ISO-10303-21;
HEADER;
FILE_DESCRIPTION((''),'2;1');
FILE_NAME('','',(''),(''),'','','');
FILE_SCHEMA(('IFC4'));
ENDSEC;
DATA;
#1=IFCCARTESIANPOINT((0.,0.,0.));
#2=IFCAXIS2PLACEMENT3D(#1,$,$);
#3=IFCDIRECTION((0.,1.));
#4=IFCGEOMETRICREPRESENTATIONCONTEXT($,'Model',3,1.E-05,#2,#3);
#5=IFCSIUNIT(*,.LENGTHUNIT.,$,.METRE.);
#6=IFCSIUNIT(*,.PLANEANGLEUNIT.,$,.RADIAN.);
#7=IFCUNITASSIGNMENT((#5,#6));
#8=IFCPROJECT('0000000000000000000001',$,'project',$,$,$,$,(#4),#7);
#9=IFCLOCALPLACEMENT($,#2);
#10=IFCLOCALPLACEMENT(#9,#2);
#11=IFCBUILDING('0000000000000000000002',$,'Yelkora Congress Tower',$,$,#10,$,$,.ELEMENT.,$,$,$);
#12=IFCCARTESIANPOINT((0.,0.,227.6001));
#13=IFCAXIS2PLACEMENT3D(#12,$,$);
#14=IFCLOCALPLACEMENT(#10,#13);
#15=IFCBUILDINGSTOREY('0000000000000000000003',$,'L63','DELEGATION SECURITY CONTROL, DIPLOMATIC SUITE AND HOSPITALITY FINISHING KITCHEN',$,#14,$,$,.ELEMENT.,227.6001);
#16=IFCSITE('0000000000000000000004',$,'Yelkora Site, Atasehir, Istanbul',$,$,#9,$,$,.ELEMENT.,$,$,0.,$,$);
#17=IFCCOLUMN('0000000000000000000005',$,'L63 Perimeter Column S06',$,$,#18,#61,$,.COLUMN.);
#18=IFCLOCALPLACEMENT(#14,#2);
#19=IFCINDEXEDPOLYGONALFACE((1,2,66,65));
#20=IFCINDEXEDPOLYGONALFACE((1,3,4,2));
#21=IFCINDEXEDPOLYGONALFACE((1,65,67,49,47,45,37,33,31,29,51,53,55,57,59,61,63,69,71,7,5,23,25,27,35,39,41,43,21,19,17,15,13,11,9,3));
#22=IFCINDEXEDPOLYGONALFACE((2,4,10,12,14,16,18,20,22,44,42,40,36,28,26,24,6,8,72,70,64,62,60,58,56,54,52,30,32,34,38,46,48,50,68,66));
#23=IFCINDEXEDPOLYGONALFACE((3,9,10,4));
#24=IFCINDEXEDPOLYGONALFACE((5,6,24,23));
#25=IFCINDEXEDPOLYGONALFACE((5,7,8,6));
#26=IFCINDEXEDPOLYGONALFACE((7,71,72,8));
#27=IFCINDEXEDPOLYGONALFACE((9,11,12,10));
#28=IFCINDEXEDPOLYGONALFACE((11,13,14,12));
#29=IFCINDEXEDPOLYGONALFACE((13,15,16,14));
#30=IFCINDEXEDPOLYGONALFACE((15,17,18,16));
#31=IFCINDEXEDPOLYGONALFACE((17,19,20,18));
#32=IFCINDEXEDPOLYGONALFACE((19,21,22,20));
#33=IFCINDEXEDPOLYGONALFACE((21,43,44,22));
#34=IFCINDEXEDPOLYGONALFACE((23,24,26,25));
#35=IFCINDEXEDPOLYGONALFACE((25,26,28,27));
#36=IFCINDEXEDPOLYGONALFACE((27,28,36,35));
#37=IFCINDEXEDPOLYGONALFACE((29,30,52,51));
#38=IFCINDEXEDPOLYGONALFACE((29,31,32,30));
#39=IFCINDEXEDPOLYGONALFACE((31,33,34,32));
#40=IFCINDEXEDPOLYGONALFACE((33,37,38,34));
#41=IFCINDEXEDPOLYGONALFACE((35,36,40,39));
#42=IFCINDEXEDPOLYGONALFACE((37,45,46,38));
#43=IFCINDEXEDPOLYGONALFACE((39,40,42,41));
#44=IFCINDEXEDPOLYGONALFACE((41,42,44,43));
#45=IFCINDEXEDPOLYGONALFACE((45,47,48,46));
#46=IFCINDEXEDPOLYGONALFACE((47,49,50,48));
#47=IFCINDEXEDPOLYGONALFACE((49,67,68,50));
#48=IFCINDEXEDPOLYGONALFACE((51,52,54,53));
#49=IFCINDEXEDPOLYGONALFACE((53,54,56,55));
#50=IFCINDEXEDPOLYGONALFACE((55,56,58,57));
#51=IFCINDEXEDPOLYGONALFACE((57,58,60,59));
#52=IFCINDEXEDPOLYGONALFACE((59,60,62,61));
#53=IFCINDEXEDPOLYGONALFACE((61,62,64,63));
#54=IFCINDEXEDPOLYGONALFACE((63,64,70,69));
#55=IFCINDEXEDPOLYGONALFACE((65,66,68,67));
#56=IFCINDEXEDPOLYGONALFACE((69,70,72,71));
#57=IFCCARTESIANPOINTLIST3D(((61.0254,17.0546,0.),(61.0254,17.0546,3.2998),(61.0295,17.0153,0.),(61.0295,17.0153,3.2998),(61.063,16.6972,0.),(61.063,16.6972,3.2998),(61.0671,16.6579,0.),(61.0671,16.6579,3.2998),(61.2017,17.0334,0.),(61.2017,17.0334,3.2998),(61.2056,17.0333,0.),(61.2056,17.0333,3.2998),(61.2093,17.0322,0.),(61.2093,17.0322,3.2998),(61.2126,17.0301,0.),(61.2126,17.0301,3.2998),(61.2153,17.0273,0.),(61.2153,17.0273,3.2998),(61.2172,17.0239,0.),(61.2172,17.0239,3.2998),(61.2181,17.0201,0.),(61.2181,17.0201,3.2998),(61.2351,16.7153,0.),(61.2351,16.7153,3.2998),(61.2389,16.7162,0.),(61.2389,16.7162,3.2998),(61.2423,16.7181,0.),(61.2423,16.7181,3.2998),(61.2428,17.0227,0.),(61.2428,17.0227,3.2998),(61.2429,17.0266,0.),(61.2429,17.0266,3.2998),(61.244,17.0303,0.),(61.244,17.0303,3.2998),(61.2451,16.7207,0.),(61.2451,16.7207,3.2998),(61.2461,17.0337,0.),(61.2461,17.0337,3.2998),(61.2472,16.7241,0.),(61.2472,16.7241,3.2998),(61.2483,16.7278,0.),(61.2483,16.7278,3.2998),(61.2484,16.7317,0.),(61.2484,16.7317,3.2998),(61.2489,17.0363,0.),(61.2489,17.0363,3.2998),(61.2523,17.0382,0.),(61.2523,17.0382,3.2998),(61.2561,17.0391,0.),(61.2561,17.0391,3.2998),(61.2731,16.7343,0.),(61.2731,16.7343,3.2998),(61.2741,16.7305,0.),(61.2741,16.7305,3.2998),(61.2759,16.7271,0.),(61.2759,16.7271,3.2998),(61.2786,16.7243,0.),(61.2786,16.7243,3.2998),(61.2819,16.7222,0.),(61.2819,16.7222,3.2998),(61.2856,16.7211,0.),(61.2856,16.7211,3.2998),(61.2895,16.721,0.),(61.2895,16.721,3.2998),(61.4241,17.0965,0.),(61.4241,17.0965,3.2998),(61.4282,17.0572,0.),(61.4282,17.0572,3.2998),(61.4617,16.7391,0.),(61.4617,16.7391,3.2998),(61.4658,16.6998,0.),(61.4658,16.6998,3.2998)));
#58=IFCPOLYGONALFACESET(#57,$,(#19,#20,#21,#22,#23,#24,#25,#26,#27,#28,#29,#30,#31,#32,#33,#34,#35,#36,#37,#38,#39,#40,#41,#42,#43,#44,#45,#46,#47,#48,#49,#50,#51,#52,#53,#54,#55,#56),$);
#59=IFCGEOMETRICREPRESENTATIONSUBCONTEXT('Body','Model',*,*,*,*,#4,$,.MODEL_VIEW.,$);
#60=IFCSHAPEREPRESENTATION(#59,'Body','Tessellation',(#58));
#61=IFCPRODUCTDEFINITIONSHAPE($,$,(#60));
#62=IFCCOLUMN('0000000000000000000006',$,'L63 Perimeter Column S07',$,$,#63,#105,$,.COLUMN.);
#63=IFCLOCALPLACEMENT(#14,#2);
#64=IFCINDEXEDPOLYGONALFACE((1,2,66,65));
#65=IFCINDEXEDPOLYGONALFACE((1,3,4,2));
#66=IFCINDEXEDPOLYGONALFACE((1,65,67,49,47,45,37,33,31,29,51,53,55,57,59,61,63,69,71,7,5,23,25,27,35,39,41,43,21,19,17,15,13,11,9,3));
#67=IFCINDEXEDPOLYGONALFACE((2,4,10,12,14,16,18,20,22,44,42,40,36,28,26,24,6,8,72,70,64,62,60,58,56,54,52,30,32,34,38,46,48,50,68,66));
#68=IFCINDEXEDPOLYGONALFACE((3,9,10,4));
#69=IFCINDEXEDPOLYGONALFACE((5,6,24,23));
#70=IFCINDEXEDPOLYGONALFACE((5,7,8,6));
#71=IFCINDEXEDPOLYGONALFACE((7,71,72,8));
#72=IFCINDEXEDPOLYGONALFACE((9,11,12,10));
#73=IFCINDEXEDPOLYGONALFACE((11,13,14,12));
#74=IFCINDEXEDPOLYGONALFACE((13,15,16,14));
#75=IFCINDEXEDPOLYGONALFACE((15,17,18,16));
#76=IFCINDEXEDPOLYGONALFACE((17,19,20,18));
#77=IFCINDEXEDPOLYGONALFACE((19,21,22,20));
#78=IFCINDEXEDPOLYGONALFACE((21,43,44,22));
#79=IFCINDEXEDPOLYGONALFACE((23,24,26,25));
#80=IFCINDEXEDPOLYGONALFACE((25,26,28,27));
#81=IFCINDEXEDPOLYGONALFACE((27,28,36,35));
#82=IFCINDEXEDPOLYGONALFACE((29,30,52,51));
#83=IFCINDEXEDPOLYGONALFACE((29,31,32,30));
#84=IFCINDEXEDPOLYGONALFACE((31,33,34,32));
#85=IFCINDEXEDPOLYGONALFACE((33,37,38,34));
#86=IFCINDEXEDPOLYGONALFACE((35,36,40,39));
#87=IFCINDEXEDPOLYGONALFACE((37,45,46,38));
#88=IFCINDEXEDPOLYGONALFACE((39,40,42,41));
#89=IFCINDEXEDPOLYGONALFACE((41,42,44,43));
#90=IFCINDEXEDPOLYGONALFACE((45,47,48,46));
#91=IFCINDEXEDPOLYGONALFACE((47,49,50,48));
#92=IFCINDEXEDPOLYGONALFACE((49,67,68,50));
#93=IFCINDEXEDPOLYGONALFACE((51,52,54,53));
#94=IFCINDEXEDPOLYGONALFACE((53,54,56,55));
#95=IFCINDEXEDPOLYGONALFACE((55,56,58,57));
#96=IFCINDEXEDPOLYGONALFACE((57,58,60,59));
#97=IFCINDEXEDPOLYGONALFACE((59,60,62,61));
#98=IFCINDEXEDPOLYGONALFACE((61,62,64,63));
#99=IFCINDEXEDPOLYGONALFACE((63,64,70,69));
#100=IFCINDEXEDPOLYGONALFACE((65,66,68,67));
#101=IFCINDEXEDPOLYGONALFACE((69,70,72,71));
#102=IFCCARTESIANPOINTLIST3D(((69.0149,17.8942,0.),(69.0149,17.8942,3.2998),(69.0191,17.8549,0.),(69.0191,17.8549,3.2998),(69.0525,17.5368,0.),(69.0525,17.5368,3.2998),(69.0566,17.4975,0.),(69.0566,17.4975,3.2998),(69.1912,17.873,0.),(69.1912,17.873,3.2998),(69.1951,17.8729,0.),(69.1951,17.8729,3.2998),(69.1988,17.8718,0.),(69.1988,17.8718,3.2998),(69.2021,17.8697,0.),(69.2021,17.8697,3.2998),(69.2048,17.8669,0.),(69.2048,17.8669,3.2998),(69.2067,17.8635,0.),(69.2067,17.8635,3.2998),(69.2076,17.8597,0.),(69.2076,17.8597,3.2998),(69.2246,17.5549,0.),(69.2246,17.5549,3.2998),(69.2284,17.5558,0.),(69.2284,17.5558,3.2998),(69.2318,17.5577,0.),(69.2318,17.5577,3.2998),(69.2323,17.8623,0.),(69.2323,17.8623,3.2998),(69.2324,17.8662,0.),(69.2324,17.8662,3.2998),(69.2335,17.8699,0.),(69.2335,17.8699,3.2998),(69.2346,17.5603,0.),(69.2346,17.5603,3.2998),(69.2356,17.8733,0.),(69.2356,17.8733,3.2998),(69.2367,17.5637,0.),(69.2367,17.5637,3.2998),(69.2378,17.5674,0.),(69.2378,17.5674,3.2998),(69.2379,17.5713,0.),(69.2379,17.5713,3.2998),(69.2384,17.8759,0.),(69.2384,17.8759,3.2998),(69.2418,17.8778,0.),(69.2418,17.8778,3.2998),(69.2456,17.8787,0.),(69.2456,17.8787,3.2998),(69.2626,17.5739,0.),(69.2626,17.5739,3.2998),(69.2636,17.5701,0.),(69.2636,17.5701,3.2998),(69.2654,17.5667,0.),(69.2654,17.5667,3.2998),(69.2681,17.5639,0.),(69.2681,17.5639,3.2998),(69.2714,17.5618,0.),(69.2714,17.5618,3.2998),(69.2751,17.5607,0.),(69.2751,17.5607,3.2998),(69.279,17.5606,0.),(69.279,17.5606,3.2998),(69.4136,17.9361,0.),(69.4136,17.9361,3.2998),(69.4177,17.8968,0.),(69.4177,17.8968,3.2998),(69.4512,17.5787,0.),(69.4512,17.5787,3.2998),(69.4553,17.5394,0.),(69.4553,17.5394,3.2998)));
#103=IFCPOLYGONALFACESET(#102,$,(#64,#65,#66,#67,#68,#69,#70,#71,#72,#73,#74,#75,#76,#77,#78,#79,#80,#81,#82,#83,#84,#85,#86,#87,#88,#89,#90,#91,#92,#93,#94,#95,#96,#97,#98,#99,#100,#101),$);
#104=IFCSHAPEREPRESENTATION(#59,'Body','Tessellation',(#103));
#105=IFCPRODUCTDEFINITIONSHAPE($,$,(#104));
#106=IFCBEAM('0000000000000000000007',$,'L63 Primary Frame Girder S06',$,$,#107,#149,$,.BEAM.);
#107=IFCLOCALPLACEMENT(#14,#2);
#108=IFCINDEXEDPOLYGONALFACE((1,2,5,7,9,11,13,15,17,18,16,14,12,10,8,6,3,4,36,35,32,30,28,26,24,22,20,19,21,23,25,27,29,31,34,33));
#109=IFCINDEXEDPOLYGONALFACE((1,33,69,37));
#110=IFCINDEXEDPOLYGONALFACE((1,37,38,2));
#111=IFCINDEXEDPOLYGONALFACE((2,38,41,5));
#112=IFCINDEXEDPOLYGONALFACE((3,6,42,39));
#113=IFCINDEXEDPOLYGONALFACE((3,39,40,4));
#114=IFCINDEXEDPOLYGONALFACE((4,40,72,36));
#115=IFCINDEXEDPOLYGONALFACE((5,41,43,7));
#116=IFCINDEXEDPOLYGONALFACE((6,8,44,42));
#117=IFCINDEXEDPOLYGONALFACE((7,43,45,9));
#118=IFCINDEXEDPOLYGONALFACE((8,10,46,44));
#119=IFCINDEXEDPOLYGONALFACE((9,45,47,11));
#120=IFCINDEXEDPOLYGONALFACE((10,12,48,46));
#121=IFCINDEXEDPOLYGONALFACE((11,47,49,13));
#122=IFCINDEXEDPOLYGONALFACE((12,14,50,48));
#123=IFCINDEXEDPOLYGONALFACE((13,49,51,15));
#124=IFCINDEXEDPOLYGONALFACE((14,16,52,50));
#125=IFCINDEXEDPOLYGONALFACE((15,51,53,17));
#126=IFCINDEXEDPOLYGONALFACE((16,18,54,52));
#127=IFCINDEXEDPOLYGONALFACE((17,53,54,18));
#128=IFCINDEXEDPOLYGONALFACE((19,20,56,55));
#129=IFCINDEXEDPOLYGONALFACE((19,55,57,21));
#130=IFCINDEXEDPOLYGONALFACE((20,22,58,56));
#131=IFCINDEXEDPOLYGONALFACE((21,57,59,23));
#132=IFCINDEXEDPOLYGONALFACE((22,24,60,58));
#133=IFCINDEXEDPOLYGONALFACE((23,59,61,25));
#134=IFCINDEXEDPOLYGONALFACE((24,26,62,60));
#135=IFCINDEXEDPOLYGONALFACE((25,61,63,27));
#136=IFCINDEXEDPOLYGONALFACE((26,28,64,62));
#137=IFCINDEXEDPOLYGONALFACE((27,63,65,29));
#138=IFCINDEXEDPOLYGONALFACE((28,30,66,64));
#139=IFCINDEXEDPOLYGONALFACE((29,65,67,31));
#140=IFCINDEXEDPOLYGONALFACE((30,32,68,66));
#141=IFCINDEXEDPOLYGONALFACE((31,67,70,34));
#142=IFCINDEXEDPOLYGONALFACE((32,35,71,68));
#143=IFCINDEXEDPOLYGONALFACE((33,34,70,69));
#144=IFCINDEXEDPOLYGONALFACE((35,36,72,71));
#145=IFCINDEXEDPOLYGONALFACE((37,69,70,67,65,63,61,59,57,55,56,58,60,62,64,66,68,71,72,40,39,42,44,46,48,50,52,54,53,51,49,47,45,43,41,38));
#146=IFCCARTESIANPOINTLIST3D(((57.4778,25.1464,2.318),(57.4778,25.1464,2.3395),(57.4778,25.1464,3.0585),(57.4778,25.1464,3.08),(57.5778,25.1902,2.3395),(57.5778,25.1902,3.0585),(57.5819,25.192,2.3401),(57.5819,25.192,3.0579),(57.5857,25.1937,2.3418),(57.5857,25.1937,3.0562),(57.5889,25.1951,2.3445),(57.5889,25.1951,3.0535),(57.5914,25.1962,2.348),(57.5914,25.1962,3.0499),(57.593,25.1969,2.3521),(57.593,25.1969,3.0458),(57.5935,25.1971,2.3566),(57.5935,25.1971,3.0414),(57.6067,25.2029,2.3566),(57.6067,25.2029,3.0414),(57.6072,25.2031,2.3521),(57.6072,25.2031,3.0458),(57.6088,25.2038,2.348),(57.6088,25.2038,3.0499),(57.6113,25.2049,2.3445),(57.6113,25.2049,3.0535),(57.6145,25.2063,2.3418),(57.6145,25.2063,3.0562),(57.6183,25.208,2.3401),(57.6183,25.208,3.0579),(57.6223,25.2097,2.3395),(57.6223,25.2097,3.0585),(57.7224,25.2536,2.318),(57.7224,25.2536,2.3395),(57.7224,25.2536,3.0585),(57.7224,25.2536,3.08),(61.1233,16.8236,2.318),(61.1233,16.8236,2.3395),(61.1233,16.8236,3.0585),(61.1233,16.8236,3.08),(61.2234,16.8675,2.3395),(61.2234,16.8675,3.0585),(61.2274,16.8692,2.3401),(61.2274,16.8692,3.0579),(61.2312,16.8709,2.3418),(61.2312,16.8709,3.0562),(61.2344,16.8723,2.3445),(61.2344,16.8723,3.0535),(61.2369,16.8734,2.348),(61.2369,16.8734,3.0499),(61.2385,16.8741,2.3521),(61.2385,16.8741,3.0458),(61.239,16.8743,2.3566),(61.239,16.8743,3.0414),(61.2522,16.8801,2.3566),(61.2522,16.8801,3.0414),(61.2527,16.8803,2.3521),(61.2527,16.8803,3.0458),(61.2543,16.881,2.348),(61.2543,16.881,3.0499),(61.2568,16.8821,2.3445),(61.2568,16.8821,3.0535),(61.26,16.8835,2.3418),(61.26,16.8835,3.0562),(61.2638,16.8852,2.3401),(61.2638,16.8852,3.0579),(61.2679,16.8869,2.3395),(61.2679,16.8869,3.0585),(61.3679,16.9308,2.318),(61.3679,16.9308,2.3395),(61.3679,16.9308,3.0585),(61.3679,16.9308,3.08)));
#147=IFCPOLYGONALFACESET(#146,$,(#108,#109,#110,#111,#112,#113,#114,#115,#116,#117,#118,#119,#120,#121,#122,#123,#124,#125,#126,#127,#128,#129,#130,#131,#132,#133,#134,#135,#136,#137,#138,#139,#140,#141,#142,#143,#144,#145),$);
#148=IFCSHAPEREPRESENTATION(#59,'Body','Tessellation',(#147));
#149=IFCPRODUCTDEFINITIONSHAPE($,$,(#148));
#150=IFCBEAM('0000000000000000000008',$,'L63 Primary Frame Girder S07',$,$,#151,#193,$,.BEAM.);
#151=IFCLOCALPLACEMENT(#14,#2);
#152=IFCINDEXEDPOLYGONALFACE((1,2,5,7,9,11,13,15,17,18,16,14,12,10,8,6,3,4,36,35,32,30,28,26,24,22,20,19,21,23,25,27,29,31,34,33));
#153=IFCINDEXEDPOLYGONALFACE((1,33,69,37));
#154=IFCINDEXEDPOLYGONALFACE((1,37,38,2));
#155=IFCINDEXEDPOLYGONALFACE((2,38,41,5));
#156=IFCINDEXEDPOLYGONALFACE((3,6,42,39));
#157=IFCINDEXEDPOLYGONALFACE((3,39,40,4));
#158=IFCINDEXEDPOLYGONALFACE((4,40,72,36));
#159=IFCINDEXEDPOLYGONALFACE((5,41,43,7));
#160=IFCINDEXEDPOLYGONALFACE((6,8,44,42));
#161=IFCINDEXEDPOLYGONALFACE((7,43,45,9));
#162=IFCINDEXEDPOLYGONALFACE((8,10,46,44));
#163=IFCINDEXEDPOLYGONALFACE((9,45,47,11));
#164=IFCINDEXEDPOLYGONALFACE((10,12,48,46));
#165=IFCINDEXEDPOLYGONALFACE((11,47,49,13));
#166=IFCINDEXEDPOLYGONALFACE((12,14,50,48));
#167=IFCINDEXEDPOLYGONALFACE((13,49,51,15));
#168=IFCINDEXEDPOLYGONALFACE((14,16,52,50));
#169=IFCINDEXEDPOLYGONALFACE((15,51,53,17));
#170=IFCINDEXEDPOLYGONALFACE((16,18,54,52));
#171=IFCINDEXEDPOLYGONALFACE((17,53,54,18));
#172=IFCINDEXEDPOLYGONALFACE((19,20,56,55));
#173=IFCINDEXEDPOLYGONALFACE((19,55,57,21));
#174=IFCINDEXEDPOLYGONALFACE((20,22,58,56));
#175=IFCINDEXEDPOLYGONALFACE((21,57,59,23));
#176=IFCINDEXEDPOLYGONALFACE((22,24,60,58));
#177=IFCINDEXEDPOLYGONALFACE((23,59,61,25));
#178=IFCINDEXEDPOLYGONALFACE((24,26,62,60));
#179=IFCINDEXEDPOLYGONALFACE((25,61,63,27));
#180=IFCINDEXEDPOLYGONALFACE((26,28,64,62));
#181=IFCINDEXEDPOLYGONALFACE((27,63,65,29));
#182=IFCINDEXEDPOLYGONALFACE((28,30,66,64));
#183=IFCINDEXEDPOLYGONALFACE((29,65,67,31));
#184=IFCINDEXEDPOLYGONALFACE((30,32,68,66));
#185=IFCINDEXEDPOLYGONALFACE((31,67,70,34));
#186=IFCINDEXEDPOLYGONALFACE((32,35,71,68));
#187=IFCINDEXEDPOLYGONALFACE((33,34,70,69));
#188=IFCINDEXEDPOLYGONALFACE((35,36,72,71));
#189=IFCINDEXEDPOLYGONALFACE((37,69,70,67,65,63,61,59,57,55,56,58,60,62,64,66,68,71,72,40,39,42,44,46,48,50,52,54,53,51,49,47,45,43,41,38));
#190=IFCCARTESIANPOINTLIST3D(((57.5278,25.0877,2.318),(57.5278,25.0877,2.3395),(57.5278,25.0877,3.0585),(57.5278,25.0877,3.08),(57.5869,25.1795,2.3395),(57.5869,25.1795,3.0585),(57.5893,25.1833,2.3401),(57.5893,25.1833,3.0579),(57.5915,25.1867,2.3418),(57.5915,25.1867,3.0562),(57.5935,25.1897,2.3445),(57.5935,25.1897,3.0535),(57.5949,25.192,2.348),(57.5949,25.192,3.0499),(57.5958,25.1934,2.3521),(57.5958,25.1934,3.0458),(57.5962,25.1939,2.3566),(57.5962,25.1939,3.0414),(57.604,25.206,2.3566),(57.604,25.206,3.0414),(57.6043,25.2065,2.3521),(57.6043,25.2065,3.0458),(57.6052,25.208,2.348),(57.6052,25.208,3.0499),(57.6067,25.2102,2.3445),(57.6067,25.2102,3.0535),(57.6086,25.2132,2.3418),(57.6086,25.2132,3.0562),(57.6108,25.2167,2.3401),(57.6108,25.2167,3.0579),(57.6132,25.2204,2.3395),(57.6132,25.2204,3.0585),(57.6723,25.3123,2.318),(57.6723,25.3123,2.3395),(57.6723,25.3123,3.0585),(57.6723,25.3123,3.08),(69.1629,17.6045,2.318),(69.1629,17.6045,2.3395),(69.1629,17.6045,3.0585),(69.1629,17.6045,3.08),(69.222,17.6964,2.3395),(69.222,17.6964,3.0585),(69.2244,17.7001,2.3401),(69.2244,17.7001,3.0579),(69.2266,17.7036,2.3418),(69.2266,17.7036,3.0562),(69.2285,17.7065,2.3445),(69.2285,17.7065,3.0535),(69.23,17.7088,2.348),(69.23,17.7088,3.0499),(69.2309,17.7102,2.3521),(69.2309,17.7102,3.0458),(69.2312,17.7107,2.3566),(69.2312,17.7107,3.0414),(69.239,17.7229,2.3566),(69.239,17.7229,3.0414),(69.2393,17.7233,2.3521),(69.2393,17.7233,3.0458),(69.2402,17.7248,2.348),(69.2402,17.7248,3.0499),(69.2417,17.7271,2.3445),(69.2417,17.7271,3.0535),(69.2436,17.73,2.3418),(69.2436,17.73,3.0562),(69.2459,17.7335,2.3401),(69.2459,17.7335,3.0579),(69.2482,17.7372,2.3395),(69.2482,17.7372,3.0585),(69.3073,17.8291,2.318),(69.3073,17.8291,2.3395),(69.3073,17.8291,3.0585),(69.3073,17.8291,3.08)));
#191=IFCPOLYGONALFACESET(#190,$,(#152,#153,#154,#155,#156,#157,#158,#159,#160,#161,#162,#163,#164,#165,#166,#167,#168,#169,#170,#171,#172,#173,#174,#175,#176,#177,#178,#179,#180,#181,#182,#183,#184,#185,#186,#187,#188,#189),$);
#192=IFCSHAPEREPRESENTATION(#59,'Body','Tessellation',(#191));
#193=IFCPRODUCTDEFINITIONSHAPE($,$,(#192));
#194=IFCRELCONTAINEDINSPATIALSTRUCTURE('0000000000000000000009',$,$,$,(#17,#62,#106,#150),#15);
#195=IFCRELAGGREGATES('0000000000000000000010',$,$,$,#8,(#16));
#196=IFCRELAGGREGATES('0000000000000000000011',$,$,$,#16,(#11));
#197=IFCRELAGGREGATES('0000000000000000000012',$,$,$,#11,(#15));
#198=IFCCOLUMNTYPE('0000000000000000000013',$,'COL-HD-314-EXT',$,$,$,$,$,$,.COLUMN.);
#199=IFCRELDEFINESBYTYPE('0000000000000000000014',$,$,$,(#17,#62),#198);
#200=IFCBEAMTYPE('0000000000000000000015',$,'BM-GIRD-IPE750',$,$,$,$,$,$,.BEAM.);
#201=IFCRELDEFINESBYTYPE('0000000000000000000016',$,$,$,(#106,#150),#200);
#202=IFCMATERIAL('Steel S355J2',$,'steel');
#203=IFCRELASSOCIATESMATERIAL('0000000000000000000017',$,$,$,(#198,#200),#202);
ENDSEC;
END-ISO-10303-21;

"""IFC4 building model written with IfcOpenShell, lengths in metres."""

from ifc_helpers import new_model, si_unit, direction, frame, origin, origin_2d, place, context, subcontext, project, spatial, i_section, extrude, material, material_profile, profile_set, type_object, element, save


model = new_model("IFC4")

# Units and contexts
model_context = context("Model", 3, precision=1e-05, world=origin(), true_north=direction((0.0, 1.0)))
body_context = subcontext(model_context, "Body", "Model", "MODEL_VIEW")
ifc_project = project(units=[si_unit("LENGTHUNIT", "METRE"), si_unit("PLANEANGLEUNIT", "RADIAN")], contexts=[model_context])

# Site, building, storey
site_placement = place(None, origin())
site = spatial("IfcSite", under=ifc_project, at=site_placement, Name="Yelkora Site, Atasehir, Istanbul", CompositionType="ELEMENT", RefElevation=0.0)
building_placement = place(site_placement, origin())
building = spatial("IfcBuilding", under=site, at=building_placement, Name="Yelkora Congress Tower", CompositionType="ELEMENT")
storey_placement = place(building_placement, frame((0.0, 0.0, 227.6001)))
storey = spatial("IfcBuildingStorey", under=building, at=storey_placement, Name="L63", Description="DELEGATION SECURITY CONTROL, DIPLOMATIC SUITE AND HOSPITALITY FINISHING KITCHEN", CompositionType="ELEMENT", Elevation=227.6001)

# Columns
ifc_material_1 = material(Name="Steel S355J2", Category="steel")
ifc_material_profile_1 = material_profile(ifc_material_1, i_section(OverallWidth=0.4009, OverallDepth=0.3989, WebThickness=0.0249, FlangeThickness=0.0396, FilletRadius=0.0149, at=origin_2d()), Name="HD 400x314")
ifc_profile_set_1 = profile_set([ifc_material_profile_1], Name="Steel S355J2")
column_type = type_object("IfcColumnType", Name="COL-HD-314-EXT", PredefinedType="COLUMN", material=ifc_profile_set_1)
for number, where, z_axis, x_axis, name in (
    (1, (61.2456, 16.8772, 0.0), (0.0, 0.0, 1.0), (0.994522, 0.104528, 0.0), "L63 Perimeter Column S06"),
    (2, (69.2351, 17.7168, 0.0), (0.0, 0.0, 1.0), (0.994522, 0.104528, 0.0), "L63 Perimeter Column S07"),
):
    element("IfcColumn", number, at=place(storey_placement, frame(where, z_axis=z_axis, x_axis=x_axis)), inside=storey, type_object=column_type, Name=name, PredefinedType="COLUMN", context=body_context, shape_type="SweptSolid", body=[
        extrude(i_section(OverallWidth=0.4009, OverallDepth=0.3989, WebThickness=0.0249, FlangeThickness=0.0396, FilletRadius=0.0149, at=origin_2d()), origin(), (0.0, 0.0, 1.0), 3.2998),
    ])

# Beams
ifc_material_profile_2 = material_profile(ifc_material_1, i_section(OverallWidth=0.2671, OverallDepth=0.762, WebThickness=0.0144, FlangeThickness=0.0215, FilletRadius=0.0171, at=origin_2d()), Name="IPE 750x173")
ifc_profile_set_2 = profile_set([ifc_material_profile_2], Name="Steel S355J2")
beam_type_1 = type_object("IfcBeamType", Name="BM-GIRD-IPE750", PredefinedType="BEAM", material=ifc_profile_set_2)
beam_1_placement = place(storey_placement, frame((61.2456, 16.8772, 2.699), z_axis=(-0.401216, 0.915983, 0.0), x_axis=(-0.915983, -0.401216, 0.0)))
element("IfcBeam", 3, at=beam_1_placement, inside=storey, type_object=beam_type_1, Name="L63 Primary Frame Girder S06", PredefinedType="BEAM", context=body_context, shape_type="SweptSolid", body=[
    extrude(i_section(OverallWidth=0.2671, OverallDepth=0.762, WebThickness=0.0144, FlangeThickness=0.0215, FilletRadius=0.0171, at=origin_2d()), origin(), (0.0, 0.0, 1.0), 9.0862),
])
beam_2_placement = place(storey_placement, frame((69.2351, 17.7168, 2.699), z_axis=(-0.841063, 0.540937, 0.0), x_axis=(-0.540937, -0.841063, 0.0)))
element("IfcBeam", 4, at=beam_2_placement, inside=storey, type_object=beam_type_1, Name="L63 Primary Frame Girder S07", PredefinedType="BEAM", context=body_context, shape_type="SweptSolid", body=[
    extrude(i_section(OverallWidth=0.2671, OverallDepth=0.762, WebThickness=0.0144, FlangeThickness=0.0215, FilletRadius=0.0171, at=origin_2d()), origin(), (0.0, 0.0, 1.0), 13.8337),
])

save(model, "model.ifc")
